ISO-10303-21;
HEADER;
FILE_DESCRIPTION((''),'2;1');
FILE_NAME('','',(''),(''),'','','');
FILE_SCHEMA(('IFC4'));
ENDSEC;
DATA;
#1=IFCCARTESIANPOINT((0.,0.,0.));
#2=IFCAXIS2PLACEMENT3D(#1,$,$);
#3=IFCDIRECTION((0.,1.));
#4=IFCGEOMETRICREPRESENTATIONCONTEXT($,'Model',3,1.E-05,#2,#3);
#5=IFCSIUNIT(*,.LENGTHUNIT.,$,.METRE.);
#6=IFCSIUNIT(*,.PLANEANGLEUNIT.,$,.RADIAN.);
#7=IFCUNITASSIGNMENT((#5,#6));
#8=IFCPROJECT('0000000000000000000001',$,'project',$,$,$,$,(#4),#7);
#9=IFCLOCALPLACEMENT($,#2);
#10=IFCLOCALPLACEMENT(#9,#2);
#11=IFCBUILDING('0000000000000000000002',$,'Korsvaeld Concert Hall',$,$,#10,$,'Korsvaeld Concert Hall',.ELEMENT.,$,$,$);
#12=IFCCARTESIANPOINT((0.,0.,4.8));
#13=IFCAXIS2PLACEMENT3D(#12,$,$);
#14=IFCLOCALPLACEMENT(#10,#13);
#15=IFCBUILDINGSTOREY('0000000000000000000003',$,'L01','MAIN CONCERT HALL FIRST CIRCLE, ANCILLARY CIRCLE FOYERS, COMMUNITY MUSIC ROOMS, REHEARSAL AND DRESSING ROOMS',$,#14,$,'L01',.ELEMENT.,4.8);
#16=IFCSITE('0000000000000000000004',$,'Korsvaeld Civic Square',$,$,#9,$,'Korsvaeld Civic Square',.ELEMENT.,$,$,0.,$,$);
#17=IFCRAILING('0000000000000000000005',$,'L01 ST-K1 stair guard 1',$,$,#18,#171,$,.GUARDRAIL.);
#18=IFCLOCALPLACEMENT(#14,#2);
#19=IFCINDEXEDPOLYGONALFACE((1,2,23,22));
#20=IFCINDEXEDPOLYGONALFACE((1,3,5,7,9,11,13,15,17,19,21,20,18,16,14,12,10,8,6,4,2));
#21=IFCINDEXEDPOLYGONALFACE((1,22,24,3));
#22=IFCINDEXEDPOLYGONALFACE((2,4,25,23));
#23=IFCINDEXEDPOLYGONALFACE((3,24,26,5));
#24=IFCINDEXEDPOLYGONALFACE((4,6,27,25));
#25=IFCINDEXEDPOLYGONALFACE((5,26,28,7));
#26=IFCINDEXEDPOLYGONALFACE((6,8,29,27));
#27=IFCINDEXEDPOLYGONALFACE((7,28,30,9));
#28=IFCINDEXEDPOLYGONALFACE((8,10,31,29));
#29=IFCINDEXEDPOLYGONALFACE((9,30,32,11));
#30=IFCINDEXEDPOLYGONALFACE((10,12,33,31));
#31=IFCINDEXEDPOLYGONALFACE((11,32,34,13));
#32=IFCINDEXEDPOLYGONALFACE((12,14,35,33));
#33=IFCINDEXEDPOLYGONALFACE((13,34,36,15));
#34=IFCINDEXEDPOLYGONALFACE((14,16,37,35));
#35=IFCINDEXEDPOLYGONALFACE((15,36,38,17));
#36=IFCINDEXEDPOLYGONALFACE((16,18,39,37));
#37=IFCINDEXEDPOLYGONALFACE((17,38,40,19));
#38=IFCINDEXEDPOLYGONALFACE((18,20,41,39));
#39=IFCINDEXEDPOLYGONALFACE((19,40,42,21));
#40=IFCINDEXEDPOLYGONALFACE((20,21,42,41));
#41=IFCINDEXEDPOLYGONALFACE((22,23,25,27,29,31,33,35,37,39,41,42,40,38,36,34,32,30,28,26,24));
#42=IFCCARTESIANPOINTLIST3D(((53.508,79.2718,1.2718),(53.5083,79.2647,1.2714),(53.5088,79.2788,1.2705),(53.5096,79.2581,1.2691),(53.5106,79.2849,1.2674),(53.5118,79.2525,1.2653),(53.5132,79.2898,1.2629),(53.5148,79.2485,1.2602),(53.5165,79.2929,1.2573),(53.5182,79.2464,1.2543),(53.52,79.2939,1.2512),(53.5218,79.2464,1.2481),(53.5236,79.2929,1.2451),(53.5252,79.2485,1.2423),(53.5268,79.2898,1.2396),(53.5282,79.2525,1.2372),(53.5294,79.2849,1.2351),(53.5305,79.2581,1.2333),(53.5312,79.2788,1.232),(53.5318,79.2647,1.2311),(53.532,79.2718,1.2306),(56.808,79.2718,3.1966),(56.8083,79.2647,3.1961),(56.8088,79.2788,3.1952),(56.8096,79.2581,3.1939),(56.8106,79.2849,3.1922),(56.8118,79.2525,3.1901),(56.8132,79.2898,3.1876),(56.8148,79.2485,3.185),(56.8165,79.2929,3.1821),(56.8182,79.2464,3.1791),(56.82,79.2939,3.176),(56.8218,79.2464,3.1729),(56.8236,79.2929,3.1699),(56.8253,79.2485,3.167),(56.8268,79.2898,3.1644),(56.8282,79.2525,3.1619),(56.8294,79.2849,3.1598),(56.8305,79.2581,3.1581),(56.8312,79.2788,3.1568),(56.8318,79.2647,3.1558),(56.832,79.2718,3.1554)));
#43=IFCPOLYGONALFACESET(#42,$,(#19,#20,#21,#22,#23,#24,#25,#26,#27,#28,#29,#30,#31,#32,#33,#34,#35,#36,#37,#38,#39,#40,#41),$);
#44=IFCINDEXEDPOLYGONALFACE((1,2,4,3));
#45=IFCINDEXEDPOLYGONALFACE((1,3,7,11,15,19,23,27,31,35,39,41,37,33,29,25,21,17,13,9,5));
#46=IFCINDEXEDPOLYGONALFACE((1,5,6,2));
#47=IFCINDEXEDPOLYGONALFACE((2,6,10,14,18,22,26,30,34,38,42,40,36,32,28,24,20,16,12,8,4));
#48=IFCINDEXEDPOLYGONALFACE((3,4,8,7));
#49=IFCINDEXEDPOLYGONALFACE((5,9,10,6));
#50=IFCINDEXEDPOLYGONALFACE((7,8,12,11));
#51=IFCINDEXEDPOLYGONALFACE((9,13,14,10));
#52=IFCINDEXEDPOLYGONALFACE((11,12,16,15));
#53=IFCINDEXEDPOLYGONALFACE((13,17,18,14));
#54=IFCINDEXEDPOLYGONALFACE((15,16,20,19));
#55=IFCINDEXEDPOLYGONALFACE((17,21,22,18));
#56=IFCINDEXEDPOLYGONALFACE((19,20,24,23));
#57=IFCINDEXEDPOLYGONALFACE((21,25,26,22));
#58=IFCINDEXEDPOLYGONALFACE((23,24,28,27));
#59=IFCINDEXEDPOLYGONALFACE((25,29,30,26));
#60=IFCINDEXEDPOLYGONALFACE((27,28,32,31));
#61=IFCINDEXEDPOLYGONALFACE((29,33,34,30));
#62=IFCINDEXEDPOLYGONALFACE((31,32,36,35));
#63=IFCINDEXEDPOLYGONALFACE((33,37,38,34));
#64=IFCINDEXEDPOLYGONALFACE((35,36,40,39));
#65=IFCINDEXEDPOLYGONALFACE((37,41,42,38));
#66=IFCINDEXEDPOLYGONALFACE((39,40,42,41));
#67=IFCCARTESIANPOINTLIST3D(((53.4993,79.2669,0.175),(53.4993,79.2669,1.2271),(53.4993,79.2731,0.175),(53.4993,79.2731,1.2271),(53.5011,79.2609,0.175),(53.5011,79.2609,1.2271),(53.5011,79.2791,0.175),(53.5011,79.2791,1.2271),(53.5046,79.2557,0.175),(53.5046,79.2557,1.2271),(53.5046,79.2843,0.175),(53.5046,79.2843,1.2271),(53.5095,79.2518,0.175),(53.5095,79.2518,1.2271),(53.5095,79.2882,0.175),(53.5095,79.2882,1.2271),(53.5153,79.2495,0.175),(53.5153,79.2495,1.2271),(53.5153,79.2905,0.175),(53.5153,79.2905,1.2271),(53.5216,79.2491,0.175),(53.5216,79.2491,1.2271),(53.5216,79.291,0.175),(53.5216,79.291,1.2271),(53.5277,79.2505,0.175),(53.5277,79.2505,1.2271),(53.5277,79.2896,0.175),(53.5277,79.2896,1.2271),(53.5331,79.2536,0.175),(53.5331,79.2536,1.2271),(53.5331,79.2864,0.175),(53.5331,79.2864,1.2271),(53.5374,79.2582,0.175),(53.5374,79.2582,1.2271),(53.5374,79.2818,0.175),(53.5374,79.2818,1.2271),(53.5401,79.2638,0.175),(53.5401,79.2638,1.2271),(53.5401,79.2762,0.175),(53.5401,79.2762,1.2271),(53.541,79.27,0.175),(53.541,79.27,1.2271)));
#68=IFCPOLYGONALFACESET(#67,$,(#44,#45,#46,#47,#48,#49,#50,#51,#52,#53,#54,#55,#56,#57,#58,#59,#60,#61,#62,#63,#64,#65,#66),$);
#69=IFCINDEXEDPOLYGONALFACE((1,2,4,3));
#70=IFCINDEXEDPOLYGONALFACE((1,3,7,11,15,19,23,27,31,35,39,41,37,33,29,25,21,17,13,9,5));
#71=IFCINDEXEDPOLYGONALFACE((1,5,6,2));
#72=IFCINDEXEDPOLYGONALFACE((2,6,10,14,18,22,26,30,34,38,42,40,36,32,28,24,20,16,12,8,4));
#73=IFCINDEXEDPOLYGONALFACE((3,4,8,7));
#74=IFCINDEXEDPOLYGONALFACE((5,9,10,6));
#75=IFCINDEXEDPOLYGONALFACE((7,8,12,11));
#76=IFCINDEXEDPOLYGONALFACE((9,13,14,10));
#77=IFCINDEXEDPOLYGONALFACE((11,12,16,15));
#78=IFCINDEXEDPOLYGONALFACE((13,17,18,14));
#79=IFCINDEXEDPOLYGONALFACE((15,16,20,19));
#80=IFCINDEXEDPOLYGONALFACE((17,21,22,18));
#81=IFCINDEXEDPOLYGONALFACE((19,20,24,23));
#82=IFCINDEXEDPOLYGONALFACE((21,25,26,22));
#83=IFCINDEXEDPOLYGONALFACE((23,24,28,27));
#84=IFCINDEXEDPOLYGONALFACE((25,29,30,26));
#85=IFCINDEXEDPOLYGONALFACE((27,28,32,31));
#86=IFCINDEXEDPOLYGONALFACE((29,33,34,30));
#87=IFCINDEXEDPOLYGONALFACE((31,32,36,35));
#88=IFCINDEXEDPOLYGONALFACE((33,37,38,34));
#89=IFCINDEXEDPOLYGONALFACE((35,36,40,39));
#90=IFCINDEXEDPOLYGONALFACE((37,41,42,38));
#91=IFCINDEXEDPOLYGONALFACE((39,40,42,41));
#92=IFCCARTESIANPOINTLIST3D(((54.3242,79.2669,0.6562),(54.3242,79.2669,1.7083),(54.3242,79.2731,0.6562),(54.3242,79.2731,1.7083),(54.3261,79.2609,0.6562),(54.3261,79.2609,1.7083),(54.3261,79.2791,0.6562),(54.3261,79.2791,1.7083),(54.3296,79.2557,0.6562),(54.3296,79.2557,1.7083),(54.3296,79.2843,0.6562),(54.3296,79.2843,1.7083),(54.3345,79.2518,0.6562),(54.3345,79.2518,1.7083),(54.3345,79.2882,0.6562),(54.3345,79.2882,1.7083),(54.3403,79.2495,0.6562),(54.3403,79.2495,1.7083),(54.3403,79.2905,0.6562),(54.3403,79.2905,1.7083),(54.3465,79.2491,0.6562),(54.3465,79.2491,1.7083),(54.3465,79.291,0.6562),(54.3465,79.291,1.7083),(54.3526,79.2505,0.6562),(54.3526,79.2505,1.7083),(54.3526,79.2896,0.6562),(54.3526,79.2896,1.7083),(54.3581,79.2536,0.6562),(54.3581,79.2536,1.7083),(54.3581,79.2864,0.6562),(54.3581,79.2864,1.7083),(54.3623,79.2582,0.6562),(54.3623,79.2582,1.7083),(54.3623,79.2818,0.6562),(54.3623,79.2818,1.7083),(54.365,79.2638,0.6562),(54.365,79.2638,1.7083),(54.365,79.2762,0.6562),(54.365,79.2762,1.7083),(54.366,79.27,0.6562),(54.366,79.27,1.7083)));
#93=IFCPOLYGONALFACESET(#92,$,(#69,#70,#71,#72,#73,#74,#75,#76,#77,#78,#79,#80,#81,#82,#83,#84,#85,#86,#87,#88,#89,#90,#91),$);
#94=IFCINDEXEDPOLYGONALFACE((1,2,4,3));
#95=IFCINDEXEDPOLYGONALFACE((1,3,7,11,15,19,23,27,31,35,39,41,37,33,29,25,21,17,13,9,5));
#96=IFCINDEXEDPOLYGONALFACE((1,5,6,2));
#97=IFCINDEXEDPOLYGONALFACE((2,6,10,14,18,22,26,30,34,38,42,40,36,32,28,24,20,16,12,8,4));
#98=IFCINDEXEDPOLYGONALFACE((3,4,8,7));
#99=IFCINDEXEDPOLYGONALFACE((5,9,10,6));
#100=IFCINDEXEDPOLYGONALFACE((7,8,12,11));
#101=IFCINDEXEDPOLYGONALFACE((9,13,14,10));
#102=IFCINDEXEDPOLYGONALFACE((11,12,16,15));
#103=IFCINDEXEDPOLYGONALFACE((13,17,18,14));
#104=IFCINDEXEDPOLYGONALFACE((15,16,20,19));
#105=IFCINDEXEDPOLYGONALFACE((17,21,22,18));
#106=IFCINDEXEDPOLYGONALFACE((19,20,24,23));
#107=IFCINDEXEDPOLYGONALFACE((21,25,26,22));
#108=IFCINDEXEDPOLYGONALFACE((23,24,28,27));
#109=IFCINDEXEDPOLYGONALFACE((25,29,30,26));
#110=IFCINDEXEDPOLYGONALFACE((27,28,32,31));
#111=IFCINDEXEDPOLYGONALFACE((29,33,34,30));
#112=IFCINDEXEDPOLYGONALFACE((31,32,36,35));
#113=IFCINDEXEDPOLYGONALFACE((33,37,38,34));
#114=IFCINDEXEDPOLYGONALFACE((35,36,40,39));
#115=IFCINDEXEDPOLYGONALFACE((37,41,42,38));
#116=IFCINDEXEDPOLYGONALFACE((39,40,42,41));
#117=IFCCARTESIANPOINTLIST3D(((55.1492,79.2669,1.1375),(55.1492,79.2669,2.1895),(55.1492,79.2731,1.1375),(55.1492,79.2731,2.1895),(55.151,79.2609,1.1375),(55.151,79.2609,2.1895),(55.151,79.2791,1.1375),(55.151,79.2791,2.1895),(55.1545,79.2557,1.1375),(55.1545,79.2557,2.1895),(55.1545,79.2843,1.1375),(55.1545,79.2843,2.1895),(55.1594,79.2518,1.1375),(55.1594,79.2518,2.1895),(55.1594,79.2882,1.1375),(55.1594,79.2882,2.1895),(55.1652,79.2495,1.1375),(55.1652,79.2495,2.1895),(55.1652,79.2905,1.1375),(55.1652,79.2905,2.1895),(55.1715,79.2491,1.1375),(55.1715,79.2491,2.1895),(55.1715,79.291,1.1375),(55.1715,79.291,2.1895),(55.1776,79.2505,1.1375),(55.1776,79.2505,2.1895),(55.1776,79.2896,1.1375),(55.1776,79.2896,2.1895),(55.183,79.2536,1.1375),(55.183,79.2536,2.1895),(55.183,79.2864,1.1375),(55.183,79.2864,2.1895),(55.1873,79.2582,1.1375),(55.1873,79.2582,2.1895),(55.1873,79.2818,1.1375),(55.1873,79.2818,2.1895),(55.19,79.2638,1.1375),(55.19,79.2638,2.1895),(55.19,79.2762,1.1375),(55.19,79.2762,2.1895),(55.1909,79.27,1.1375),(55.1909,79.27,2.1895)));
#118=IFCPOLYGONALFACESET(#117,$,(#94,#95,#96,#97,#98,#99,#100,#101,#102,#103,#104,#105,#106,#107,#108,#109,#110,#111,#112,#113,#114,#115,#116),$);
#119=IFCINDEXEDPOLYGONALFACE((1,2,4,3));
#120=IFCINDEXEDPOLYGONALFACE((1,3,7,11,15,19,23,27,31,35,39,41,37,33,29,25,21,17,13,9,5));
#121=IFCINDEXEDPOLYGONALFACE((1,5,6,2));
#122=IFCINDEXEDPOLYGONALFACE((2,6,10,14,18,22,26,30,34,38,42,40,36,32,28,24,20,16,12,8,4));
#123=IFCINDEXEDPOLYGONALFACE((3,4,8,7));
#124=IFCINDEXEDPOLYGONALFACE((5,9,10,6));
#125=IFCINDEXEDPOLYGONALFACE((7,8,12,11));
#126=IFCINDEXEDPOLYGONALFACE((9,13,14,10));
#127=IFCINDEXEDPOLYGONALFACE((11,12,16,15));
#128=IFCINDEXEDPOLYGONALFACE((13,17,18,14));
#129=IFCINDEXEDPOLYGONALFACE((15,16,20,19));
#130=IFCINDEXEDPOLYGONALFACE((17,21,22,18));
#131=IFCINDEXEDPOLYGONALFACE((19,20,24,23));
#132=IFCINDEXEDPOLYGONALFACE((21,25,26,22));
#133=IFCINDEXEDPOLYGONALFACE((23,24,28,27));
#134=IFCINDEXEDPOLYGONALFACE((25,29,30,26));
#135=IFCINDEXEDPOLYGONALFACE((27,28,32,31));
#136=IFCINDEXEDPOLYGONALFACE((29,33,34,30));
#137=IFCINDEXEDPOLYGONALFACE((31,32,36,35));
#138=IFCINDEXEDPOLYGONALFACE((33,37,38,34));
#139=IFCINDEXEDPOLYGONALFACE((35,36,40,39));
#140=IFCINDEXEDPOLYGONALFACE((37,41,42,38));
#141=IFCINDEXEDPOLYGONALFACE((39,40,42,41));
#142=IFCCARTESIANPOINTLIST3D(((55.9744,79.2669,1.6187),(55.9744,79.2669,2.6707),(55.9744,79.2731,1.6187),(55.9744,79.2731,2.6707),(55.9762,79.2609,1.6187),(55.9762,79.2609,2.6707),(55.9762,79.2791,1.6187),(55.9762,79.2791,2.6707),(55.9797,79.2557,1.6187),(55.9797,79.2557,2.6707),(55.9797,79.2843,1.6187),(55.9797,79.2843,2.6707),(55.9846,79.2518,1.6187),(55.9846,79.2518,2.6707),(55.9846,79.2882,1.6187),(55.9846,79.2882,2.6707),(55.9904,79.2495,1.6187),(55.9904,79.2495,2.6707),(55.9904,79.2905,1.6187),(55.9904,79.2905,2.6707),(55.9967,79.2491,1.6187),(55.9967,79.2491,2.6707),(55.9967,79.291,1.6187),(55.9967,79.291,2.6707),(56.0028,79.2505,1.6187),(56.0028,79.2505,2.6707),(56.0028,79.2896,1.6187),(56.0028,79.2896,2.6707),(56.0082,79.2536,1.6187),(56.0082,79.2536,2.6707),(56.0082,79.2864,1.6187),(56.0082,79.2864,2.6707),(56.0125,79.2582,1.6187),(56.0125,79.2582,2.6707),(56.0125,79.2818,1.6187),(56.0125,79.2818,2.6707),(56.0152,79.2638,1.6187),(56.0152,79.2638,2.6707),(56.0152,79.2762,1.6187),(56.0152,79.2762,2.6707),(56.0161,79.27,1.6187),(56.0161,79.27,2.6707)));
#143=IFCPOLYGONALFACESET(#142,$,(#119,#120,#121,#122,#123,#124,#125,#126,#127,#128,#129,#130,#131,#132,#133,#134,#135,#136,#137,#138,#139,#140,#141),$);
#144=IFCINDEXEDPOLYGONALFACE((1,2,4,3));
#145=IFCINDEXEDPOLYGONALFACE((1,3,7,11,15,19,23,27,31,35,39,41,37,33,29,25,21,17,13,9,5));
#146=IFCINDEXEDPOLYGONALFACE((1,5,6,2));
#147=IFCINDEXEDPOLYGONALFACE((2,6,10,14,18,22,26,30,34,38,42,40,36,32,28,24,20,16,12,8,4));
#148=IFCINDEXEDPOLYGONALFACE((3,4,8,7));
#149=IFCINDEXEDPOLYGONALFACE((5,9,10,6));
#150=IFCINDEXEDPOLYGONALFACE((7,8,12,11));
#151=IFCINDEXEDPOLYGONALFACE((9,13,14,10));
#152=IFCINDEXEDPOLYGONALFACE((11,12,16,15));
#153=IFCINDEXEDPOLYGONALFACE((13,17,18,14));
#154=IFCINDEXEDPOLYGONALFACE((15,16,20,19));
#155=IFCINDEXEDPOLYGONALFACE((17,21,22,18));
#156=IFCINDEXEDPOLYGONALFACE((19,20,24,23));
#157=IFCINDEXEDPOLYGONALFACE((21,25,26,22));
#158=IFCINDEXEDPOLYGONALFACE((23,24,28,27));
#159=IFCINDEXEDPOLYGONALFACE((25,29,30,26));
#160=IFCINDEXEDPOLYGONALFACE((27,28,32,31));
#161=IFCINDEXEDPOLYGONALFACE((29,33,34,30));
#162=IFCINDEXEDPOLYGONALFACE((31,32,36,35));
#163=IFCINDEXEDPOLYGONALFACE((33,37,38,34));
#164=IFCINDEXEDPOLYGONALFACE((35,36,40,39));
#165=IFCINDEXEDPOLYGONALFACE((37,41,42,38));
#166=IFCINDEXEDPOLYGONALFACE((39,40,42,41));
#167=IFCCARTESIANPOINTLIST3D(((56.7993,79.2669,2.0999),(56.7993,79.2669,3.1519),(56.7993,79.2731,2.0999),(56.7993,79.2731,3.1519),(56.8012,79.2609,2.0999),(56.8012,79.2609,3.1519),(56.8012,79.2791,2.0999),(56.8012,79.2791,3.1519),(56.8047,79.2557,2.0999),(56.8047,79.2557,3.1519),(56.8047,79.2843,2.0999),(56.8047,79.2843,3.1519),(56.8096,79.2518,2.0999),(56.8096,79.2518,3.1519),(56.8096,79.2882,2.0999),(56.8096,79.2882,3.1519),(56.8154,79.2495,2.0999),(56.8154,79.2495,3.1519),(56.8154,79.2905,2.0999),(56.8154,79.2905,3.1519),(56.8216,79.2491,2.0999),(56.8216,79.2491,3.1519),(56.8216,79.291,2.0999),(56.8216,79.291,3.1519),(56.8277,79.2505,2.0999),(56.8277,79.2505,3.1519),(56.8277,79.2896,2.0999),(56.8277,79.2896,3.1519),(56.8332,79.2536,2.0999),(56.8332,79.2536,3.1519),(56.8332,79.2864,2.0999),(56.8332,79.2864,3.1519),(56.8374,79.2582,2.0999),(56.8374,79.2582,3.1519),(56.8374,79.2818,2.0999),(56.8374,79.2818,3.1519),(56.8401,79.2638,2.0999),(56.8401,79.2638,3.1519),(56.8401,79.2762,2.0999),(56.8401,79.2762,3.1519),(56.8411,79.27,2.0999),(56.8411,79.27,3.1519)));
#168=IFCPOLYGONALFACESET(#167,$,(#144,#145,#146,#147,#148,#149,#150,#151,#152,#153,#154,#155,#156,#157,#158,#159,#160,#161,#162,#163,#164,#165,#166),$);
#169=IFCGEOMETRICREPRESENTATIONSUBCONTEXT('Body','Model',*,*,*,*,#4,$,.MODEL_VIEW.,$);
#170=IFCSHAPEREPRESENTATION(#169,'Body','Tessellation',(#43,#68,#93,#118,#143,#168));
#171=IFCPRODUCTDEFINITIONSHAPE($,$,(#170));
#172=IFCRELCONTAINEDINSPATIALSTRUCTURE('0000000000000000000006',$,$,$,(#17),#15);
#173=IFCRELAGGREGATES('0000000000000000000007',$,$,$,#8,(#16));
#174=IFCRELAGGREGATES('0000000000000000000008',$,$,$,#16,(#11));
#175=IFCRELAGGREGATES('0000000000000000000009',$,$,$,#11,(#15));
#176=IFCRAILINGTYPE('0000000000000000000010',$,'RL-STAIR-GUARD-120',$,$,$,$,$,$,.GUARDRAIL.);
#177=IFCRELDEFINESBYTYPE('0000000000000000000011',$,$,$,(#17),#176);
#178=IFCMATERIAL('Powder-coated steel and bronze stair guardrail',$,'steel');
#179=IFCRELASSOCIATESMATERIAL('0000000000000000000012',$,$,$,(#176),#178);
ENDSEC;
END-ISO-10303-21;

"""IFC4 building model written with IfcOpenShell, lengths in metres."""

from ifc_helpers import new_model, si_unit, direction, frame, origin, origin_2d, place, context, subcontext, project, spatial, circle, extrude, material, type_object, element, save


model = new_model("IFC4")

# Units and contexts
model_context = context("Model", 3, precision=1e-05, world=origin(), true_north=direction((0.0, 1.0)))
body_context = subcontext(model_context, "Body", "Model", "MODEL_VIEW")
ifc_project = project(units=[si_unit("LENGTHUNIT", "METRE"), si_unit("PLANEANGLEUNIT", "RADIAN")], contexts=[model_context])

# Site, building, storey
site_placement = place(None, origin())
site = spatial("IfcSite", under=ifc_project, at=site_placement, Name="Korsvaeld Civic Square", LongName="Korsvaeld Civic Square", CompositionType="ELEMENT", RefElevation=0.0)
building_placement = place(site_placement, origin())
building = spatial("IfcBuilding", under=site, at=building_placement, Name="Korsvaeld Concert Hall", LongName="Korsvaeld Concert Hall", CompositionType="ELEMENT")
storey_placement = place(building_placement, frame((0.0, 0.0, 4.8)))
storey = spatial("IfcBuildingStorey", under=building, at=storey_placement, Name="L01", Description="MAIN CONCERT HALL FIRST CIRCLE, ANCILLARY CIRCLE FOYERS, COMMUNITY MUSIC ROOMS, REHEARSAL AND DRESSING ROOMS", LongName="L01", CompositionType="ELEMENT", Elevation=4.8)

# Railing
ifc_material_1 = material(Name="Powder-coated steel and bronze stair guardrail", Category="steel")
railing_type_1 = type_object("IfcRailingType", Name="RL-STAIR-GUARD-120", PredefinedType="GUARDRAIL", material=ifc_material_1)
railing_1_placement = place(storey_placement, frame((53.52, 79.27, 0.175)))
element("IfcRailing", 1, at=railing_1_placement, inside=storey, type_object=railing_type_1, Name="L01 ST-K1 stair guard 1", PredefinedType="GUARDRAIL", context=body_context, shape_type="SweptSolid", body=[
    extrude(circle(Radius=0.0239, at=origin_2d()), frame((0.0, 0.0, 1.0762), z_axis=(0.863804, 0.0, 0.503827), x_axis=(0.0, 1.0, 0.0)), (0.0, 0.0, 1.0), 3.8203),
    extrude(circle(Radius=0.021, at=origin_2d()), origin(), (0.0, 0.0, 1.0), 1.052),
    extrude(circle(Radius=0.021, at=origin_2d()), frame((0.825, 0.0, 0.4812)), (0.0, 0.0, 1.0), 1.052),
    extrude(circle(Radius=0.021, at=origin_2d()), frame((1.6499, 0.0, 0.9624)), (0.0, 0.0, 1.0), 1.052),
    extrude(circle(Radius=0.021, at=origin_2d()), frame((2.4751, 0.0, 1.4436)), (0.0, 0.0, 1.0), 1.052),
    extrude(circle(Radius=0.021, at=origin_2d()), frame((3.3, 0.0, 1.9248)), (0.0, 0.0, 1.0), 1.052),
])

save(model, "model.ifc")
